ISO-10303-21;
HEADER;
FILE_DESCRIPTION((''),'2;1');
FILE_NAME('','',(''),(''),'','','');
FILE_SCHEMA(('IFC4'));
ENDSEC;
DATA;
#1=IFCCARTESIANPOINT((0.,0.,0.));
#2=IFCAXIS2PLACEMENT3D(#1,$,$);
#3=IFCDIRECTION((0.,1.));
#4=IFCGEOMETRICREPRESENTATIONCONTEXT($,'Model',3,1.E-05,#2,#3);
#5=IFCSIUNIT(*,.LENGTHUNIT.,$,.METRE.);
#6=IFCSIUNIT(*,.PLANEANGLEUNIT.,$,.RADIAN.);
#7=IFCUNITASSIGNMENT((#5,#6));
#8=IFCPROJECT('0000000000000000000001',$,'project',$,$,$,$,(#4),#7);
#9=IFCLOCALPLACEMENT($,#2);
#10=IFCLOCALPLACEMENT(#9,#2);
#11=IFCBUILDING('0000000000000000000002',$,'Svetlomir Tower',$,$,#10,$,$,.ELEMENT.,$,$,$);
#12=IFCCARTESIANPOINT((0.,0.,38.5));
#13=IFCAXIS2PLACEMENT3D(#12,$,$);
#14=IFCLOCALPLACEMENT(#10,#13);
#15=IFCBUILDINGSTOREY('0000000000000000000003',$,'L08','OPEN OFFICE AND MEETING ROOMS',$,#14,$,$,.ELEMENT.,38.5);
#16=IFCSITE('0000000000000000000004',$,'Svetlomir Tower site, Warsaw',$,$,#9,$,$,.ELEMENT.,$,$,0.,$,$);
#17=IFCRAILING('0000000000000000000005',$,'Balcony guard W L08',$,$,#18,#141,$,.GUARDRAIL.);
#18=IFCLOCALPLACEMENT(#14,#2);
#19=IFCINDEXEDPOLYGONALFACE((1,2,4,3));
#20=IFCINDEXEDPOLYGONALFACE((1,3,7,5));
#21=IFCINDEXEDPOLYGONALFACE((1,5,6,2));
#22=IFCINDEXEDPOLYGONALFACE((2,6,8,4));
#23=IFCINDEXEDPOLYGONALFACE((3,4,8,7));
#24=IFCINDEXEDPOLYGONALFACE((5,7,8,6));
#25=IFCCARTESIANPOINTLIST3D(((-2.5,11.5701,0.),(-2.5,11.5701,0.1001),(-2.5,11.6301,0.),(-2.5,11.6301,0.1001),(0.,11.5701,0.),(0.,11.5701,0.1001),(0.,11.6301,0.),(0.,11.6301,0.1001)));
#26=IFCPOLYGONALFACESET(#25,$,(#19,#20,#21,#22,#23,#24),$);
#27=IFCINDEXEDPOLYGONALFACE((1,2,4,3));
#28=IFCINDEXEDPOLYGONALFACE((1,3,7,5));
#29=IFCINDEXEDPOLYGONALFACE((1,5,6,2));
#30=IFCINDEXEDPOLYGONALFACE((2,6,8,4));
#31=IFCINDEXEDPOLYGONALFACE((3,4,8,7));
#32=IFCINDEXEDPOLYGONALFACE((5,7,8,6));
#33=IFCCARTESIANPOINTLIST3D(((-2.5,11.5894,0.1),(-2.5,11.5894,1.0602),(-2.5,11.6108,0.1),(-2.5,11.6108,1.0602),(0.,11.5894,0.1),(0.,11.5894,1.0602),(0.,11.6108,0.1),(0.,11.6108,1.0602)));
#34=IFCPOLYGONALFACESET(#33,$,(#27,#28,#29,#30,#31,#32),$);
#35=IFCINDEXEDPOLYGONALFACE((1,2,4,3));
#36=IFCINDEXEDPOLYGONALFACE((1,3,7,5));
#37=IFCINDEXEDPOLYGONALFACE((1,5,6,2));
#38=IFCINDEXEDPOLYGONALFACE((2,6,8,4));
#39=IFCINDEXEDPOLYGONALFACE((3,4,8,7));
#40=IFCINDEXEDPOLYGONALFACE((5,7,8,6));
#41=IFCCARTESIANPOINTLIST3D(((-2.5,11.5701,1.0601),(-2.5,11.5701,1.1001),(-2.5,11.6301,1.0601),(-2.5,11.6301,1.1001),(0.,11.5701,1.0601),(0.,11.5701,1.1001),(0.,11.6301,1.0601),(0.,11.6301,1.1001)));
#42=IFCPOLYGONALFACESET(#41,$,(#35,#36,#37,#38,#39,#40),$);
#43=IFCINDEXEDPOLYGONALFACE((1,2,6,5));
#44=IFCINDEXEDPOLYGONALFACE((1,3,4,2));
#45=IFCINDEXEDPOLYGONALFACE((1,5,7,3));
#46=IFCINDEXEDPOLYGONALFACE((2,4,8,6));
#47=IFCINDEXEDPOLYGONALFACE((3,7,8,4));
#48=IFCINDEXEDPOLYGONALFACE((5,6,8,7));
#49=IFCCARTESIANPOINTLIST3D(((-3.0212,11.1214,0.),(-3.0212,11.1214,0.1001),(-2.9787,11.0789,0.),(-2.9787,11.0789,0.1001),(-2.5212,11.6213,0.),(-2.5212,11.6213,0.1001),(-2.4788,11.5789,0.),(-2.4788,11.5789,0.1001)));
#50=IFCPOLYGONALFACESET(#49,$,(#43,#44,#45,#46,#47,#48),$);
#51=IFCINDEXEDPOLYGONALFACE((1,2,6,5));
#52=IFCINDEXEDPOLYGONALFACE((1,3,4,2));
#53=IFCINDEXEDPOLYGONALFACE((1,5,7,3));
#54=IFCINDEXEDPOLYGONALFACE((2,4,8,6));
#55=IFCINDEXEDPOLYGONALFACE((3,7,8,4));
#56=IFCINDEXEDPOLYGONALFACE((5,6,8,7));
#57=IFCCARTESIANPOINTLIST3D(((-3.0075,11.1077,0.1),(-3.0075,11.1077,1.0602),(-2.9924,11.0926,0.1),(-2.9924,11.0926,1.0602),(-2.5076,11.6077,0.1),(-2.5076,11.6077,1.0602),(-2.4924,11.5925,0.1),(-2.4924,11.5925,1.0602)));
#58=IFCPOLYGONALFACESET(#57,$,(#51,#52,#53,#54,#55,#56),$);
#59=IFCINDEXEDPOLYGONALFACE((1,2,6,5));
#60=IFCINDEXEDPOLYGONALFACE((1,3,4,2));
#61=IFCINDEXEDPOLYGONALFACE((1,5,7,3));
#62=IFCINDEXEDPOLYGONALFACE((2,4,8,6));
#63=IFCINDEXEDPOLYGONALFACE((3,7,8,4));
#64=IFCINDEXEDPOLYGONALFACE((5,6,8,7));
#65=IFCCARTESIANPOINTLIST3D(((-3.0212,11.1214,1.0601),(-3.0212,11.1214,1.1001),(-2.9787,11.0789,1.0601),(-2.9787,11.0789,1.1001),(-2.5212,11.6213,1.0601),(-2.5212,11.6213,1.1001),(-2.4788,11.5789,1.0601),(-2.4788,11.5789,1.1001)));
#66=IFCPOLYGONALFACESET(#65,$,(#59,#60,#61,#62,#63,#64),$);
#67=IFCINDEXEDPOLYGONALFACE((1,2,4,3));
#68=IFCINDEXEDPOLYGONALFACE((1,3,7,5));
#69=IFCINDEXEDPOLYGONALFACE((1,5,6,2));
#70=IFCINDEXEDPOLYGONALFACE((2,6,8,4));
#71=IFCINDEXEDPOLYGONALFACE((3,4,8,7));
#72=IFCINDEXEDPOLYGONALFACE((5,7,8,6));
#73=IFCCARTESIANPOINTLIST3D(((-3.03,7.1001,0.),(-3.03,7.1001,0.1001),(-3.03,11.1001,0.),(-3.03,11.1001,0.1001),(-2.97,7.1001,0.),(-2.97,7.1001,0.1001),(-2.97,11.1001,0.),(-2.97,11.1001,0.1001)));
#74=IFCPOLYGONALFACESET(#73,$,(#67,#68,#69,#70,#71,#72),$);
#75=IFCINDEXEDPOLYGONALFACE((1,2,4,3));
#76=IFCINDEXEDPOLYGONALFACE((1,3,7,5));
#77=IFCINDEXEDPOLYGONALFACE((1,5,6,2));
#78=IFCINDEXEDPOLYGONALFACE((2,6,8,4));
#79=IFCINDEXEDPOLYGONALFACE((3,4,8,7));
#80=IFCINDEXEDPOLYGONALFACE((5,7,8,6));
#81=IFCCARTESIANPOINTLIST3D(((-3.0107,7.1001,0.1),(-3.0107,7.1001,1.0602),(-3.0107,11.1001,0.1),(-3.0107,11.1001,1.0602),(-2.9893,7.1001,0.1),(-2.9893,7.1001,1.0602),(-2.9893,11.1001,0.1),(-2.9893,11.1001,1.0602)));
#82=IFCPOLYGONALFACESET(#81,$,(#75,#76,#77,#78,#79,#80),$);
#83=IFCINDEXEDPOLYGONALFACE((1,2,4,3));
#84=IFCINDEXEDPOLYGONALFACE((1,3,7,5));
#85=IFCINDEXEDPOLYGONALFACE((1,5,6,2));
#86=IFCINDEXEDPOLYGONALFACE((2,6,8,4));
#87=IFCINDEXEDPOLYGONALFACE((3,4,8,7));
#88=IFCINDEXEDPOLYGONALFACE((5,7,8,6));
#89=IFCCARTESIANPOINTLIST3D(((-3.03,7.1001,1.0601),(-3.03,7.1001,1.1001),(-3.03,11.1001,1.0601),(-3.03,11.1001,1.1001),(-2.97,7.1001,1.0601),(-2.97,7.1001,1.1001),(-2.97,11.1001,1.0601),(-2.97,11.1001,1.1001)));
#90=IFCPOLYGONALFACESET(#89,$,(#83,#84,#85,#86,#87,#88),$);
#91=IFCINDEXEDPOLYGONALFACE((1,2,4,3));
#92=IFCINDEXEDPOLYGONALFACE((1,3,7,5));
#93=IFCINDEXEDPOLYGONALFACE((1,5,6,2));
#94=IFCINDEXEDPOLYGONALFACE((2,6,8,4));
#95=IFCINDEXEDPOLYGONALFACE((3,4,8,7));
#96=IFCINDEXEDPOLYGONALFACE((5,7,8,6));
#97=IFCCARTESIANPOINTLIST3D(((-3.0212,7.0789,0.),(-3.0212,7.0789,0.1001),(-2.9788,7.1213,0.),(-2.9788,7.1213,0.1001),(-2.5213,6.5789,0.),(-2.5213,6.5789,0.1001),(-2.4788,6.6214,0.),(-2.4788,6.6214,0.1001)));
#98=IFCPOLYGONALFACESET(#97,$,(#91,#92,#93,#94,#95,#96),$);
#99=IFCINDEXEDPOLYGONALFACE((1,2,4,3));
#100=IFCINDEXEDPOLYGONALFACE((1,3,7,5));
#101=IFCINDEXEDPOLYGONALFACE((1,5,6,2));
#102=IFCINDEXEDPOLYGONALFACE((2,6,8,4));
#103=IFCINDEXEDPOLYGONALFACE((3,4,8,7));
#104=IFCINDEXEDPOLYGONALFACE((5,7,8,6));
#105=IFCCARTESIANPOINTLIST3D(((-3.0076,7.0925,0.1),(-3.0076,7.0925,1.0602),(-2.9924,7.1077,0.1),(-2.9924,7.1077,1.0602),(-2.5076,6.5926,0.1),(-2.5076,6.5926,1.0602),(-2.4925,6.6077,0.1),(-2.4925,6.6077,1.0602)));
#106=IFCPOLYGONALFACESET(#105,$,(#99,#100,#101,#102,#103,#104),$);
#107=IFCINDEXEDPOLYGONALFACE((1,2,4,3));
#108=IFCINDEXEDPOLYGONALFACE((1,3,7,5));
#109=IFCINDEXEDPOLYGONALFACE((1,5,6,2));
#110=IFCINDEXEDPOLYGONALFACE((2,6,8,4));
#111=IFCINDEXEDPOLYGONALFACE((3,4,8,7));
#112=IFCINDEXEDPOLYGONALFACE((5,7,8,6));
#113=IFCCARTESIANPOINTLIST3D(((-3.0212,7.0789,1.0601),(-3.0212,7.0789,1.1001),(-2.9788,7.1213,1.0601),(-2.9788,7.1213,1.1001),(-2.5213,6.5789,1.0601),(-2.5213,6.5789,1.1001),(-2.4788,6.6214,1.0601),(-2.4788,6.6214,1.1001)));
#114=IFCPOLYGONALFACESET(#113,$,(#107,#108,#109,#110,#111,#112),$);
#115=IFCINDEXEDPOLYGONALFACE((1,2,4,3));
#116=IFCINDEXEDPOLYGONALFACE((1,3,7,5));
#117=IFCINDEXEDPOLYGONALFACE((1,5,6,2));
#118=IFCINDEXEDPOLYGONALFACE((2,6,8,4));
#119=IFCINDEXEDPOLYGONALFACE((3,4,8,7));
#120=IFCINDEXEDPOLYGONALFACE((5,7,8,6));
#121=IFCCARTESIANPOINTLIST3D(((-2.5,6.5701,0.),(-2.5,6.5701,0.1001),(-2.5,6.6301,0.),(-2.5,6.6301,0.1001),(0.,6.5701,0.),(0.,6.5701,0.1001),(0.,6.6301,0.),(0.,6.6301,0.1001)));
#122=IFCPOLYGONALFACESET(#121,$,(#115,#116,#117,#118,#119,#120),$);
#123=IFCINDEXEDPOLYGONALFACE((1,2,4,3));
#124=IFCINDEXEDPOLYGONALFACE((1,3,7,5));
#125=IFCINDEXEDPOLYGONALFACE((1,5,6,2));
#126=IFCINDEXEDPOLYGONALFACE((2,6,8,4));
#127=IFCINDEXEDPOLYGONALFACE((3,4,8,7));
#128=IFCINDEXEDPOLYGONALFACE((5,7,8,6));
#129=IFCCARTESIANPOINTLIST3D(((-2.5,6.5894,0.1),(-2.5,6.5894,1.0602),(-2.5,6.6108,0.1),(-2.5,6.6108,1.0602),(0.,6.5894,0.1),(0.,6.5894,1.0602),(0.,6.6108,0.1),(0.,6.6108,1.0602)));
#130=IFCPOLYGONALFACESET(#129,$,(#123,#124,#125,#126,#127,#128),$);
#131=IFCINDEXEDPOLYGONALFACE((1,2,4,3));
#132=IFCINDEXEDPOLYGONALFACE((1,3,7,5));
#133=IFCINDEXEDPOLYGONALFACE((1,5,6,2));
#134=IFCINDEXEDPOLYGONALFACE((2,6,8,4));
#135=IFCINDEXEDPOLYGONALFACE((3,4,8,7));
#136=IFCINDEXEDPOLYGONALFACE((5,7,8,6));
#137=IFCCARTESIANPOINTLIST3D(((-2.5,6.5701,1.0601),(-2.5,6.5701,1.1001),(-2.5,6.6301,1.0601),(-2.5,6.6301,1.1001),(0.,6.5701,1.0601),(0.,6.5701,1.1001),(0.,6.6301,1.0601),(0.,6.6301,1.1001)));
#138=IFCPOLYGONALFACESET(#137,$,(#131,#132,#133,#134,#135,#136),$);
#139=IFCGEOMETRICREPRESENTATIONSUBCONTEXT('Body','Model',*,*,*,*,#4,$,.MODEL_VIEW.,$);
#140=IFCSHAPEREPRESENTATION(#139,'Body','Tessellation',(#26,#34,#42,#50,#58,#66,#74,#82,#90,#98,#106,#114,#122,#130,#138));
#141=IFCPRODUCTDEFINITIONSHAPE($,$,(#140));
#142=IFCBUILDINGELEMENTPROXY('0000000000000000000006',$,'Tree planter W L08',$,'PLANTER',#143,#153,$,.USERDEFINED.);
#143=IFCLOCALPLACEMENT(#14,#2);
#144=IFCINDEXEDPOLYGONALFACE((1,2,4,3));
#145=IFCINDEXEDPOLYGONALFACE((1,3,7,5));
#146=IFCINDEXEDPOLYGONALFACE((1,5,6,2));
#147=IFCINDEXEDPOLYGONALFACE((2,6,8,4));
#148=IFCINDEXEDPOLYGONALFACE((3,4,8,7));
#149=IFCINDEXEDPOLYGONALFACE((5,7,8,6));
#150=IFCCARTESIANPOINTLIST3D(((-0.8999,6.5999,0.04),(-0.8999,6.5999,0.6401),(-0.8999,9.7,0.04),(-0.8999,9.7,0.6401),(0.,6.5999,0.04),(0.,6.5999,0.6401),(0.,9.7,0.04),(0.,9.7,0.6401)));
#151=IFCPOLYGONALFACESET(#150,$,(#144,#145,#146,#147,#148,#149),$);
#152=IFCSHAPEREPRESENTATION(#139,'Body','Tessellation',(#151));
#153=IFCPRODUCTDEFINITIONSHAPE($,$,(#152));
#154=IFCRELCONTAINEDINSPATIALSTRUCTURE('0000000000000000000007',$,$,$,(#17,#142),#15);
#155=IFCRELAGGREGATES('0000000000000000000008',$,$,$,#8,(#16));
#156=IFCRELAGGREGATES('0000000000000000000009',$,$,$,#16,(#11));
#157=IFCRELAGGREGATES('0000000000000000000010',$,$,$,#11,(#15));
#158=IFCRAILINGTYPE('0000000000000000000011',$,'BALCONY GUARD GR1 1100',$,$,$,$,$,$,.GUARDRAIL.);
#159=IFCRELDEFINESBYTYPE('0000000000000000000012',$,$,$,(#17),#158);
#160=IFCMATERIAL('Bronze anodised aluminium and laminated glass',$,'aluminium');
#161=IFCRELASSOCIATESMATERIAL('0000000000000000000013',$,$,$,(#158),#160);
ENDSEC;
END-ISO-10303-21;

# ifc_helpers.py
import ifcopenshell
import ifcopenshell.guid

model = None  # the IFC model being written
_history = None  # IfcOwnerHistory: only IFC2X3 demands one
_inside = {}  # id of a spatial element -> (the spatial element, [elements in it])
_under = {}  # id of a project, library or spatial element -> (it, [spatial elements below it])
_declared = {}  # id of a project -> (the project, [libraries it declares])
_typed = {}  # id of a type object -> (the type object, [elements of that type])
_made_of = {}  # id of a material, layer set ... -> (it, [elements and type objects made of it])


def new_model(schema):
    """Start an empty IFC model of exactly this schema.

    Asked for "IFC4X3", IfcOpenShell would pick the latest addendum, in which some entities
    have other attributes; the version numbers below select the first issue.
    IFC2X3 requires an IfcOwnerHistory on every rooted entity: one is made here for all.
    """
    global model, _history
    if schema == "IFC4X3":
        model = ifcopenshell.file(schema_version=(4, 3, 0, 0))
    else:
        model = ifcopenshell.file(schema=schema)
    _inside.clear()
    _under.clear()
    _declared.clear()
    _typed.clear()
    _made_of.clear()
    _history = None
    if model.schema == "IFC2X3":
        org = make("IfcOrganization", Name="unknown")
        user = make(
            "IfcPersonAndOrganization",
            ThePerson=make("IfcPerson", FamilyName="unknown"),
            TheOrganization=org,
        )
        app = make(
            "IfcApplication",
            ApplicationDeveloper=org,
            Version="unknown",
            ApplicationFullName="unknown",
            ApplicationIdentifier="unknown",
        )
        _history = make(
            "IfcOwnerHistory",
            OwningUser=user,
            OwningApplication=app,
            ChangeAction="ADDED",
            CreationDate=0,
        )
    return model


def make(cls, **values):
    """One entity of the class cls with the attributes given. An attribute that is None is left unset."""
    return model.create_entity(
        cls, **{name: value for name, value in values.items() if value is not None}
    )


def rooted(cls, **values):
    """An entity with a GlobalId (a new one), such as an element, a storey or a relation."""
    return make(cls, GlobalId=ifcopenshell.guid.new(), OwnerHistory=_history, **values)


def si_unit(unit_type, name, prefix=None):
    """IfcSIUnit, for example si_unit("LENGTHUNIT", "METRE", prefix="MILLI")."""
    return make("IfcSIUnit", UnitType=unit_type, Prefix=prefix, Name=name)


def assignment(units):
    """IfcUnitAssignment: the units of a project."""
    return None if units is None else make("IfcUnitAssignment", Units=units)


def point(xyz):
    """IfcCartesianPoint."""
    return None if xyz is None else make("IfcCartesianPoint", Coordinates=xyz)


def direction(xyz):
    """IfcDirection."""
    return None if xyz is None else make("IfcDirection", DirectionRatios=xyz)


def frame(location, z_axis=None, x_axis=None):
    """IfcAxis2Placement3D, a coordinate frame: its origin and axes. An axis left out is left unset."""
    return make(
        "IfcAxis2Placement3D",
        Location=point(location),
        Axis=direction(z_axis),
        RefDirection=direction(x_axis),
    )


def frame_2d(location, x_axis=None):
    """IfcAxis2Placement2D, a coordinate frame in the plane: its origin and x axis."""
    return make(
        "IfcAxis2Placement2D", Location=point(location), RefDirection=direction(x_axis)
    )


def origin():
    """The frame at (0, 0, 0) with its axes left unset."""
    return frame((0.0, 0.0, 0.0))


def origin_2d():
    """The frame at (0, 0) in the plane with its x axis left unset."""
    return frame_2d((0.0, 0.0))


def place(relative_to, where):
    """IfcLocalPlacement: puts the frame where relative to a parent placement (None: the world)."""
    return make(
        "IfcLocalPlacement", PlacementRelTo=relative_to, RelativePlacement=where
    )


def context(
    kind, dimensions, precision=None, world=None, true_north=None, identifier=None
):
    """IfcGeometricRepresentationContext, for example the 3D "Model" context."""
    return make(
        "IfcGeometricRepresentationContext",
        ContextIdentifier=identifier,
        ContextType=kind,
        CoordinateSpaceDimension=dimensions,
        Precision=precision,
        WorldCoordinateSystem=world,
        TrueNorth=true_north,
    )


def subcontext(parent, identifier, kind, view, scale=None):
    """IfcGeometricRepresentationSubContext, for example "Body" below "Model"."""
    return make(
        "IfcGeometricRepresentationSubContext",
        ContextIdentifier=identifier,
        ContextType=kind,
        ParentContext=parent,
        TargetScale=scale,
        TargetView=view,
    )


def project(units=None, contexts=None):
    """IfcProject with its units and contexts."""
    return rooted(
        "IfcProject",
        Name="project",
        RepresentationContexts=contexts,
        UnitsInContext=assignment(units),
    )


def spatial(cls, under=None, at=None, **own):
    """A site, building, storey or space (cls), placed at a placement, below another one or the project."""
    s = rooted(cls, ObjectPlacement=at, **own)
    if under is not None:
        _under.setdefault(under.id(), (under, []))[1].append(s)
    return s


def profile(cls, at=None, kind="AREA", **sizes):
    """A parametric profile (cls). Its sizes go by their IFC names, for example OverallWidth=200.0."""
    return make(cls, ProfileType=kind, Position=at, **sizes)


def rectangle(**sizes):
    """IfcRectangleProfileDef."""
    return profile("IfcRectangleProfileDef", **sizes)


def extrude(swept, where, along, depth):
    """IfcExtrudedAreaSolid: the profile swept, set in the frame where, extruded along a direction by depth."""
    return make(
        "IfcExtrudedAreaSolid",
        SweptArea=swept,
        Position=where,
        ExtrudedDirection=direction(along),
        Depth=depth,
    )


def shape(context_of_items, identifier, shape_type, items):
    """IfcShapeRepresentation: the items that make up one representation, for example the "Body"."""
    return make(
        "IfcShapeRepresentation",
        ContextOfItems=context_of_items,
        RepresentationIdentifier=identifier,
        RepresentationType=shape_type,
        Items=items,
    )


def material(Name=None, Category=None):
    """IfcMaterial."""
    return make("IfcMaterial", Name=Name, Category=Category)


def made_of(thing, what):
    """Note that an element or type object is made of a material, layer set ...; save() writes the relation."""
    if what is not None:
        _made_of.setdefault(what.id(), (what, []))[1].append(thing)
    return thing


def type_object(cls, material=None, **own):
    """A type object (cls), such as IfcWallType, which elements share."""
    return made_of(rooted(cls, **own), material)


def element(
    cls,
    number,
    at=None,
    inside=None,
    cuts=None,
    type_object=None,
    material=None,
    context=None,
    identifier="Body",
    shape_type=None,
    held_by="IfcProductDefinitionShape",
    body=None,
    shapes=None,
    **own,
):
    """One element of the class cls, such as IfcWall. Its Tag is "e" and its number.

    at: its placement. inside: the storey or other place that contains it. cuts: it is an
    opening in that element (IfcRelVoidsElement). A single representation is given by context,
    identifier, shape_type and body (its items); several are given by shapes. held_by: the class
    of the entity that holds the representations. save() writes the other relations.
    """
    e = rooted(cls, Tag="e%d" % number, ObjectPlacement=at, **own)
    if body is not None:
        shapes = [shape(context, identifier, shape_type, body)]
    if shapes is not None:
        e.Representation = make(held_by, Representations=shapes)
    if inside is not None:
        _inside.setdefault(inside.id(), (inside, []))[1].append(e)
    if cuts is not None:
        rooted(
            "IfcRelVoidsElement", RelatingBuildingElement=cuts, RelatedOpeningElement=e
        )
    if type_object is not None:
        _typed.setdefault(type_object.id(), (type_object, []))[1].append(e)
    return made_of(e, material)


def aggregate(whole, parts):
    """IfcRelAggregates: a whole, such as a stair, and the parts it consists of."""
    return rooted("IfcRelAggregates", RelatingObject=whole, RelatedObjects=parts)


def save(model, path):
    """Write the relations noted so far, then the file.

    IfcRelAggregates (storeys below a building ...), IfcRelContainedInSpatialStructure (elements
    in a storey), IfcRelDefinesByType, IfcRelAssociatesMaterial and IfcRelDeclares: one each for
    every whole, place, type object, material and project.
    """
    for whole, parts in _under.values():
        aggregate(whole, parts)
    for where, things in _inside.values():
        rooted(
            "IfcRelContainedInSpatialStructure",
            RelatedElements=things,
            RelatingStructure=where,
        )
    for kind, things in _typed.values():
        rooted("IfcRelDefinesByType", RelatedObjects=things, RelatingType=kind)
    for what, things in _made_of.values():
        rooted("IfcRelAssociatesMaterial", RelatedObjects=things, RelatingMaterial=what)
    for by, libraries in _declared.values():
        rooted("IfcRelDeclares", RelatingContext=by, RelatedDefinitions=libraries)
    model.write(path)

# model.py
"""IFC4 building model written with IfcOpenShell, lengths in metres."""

from ifc_helpers import new_model, si_unit, direction, frame, origin, origin_2d, place, context, subcontext, project, spatial, rectangle, extrude, material, type_object, element, save


model = new_model("IFC4")

# Units and contexts
model_context = context("Model", 3, precision=1e-05, world=origin(), true_north=direction((0.0, 1.0)))
body_context = subcontext(model_context, "Body", "Model", "MODEL_VIEW")
ifc_project = project(units=[si_unit("LENGTHUNIT", "METRE"), si_unit("PLANEANGLEUNIT", "RADIAN")], contexts=[model_context])

# Site, building, storey
site_placement = place(None, origin())
site = spatial("IfcSite", under=ifc_project, at=site_placement, Name="Svetlomir Tower site, Warsaw", CompositionType="ELEMENT", RefElevation=0.0)
building_placement = place(site_placement, origin())
building = spatial("IfcBuilding", under=site, at=building_placement, Name="Svetlomir Tower", CompositionType="ELEMENT")
storey_placement = place(building_placement, frame((0.0, 0.0, 38.5)))
storey = spatial("IfcBuildingStorey", under=building, at=storey_placement, Name="L08", Description="OPEN OFFICE AND MEETING ROOMS", CompositionType="ELEMENT", Elevation=38.5)

# Railing
ifc_material_1 = material(Name="Bronze anodised aluminium and laminated glass", Category="aluminium")
railing_type = type_object("IfcRailingType", Name="BALCONY GUARD GR1 1100", PredefinedType="GUARDRAIL", material=ifc_material_1)
railing_placement = place(storey_placement, frame((0.0, 11.6001, 0.0)))
element("IfcRailing", 1, at=railing_placement, inside=storey, type_object=railing_type, Name="Balcony guard W L08", PredefinedType="GUARDRAIL", context=body_context, shape_type="SweptSolid", body=[
    extrude(rectangle(XDim=0.0601, YDim=0.1001, at=origin_2d()), frame((0.0, 0.0, 0.05), z_axis=(-1.0, 0.0, 0.0), x_axis=(0.0, -1.0, 0.0)), (0.0, 0.0, 1.0), 2.5),
    extrude(rectangle(XDim=0.0215, YDim=0.9602, at=origin_2d()), frame((0.0, 0.0, 0.5801), z_axis=(-1.0, 0.0, 0.0), x_axis=(0.0, -1.0, 0.0)), (0.0, 0.0, 1.0), 2.5),
    extrude(rectangle(XDim=0.0601, YDim=0.04, at=origin_2d()), frame((0.0, 0.0, 1.0801), z_axis=(-1.0, 0.0, 0.0), x_axis=(0.0, -1.0, 0.0)), (0.0, 0.0, 1.0), 2.5),
    extrude(rectangle(XDim=0.0601, YDim=0.1001, at=origin_2d()), frame((-2.5, 0.0, 0.05), z_axis=(-0.707107, -0.707107, 0.0), x_axis=(0.707107, -0.707107, 0.0)), (0.0, 0.0, 1.0), 0.707),
    extrude(rectangle(XDim=0.0215, YDim=0.9602, at=origin_2d()), frame((-2.5, 0.0, 0.5801), z_axis=(-0.707107, -0.707107, 0.0), x_axis=(0.707107, -0.707107, 0.0)), (0.0, 0.0, 1.0), 0.707),
    extrude(rectangle(XDim=0.0601, YDim=0.04, at=origin_2d()), frame((-2.5, 0.0, 1.0801), z_axis=(-0.707107, -0.707107, 0.0), x_axis=(0.707107, -0.707107, 0.0)), (0.0, 0.0, 1.0), 0.707),
    extrude(rectangle(XDim=0.0601, YDim=0.1001, at=origin_2d()), frame((-3.0, -0.5, 0.05), z_axis=(0.0, -1.0, 0.0), x_axis=(1.0, 0.0, 0.0)), (0.0, 0.0, 1.0), 4.0),
    extrude(rectangle(XDim=0.0215, YDim=0.9602, at=origin_2d()), frame((-3.0, -0.5, 0.5801), z_axis=(0.0, -1.0, 0.0), x_axis=(1.0, 0.0, 0.0)), (0.0, 0.0, 1.0), 4.0),
    extrude(rectangle(XDim=0.0601, YDim=0.04, at=origin_2d()), frame((-3.0, -0.5, 1.0801), z_axis=(0.0, -1.0, 0.0), x_axis=(1.0, 0.0, 0.0)), (0.0, 0.0, 1.0), 4.0),
    extrude(rectangle(XDim=0.0601, YDim=0.1001, at=origin_2d()), frame((-3.0, -4.5, 0.05), z_axis=(0.707107, -0.707107, 0.0), x_axis=(0.707107, 0.707107, 0.0)), (0.0, 0.0, 1.0), 0.707),
    extrude(rectangle(XDim=0.0215, YDim=0.9602, at=origin_2d()), frame((-3.0, -4.5, 0.5801), z_axis=(0.707107, -0.707107, 0.0), x_axis=(0.707107, 0.707107, 0.0)), (0.0, 0.0, 1.0), 0.707),
    extrude(rectangle(XDim=0.0601, YDim=0.04, at=origin_2d()), frame((-3.0, -4.5, 1.0801), z_axis=(0.707107, -0.707107, 0.0), x_axis=(0.707107, 0.707107, 0.0)), (0.0, 0.0, 1.0), 0.707),
    extrude(rectangle(XDim=0.0601, YDim=0.1001, at=origin_2d()), frame((-2.5, -5.0, 0.05), z_axis=(1.0, 0.0, 0.0), x_axis=(0.0, 1.0, 0.0)), (0.0, 0.0, 1.0), 2.5),
    extrude(rectangle(XDim=0.0215, YDim=0.9602, at=origin_2d()), frame((-2.5, -5.0, 0.5801), z_axis=(1.0, 0.0, 0.0), x_axis=(0.0, 1.0, 0.0)), (0.0, 0.0, 1.0), 2.5),
    extrude(rectangle(XDim=0.0601, YDim=0.04, at=origin_2d()), frame((-2.5, -5.0, 1.0801), z_axis=(1.0, 0.0, 0.0), x_axis=(0.0, 1.0, 0.0)), (0.0, 0.0, 1.0), 2.5),
])

# Building element proxy
proxy_placement = place(storey_placement, frame((-0.45, 8.1499, 0.04), z_axis=(0.0, 0.0, 1.0), x_axis=(1.0, 0.0, 0.0)))
element("IfcBuildingElementProxy", 2, at=proxy_placement, inside=storey, Name="Tree planter W L08", ObjectType="PLANTER", PredefinedType="USERDEFINED", context=body_context, shape_type="SweptSolid", body=[
    extrude(rectangle(XDim=0.8999, YDim=3.1001, at=origin_2d()), origin(), (0.0, 0.0, 1.0), 0.6001),
])

save(model, "model.ifc")
